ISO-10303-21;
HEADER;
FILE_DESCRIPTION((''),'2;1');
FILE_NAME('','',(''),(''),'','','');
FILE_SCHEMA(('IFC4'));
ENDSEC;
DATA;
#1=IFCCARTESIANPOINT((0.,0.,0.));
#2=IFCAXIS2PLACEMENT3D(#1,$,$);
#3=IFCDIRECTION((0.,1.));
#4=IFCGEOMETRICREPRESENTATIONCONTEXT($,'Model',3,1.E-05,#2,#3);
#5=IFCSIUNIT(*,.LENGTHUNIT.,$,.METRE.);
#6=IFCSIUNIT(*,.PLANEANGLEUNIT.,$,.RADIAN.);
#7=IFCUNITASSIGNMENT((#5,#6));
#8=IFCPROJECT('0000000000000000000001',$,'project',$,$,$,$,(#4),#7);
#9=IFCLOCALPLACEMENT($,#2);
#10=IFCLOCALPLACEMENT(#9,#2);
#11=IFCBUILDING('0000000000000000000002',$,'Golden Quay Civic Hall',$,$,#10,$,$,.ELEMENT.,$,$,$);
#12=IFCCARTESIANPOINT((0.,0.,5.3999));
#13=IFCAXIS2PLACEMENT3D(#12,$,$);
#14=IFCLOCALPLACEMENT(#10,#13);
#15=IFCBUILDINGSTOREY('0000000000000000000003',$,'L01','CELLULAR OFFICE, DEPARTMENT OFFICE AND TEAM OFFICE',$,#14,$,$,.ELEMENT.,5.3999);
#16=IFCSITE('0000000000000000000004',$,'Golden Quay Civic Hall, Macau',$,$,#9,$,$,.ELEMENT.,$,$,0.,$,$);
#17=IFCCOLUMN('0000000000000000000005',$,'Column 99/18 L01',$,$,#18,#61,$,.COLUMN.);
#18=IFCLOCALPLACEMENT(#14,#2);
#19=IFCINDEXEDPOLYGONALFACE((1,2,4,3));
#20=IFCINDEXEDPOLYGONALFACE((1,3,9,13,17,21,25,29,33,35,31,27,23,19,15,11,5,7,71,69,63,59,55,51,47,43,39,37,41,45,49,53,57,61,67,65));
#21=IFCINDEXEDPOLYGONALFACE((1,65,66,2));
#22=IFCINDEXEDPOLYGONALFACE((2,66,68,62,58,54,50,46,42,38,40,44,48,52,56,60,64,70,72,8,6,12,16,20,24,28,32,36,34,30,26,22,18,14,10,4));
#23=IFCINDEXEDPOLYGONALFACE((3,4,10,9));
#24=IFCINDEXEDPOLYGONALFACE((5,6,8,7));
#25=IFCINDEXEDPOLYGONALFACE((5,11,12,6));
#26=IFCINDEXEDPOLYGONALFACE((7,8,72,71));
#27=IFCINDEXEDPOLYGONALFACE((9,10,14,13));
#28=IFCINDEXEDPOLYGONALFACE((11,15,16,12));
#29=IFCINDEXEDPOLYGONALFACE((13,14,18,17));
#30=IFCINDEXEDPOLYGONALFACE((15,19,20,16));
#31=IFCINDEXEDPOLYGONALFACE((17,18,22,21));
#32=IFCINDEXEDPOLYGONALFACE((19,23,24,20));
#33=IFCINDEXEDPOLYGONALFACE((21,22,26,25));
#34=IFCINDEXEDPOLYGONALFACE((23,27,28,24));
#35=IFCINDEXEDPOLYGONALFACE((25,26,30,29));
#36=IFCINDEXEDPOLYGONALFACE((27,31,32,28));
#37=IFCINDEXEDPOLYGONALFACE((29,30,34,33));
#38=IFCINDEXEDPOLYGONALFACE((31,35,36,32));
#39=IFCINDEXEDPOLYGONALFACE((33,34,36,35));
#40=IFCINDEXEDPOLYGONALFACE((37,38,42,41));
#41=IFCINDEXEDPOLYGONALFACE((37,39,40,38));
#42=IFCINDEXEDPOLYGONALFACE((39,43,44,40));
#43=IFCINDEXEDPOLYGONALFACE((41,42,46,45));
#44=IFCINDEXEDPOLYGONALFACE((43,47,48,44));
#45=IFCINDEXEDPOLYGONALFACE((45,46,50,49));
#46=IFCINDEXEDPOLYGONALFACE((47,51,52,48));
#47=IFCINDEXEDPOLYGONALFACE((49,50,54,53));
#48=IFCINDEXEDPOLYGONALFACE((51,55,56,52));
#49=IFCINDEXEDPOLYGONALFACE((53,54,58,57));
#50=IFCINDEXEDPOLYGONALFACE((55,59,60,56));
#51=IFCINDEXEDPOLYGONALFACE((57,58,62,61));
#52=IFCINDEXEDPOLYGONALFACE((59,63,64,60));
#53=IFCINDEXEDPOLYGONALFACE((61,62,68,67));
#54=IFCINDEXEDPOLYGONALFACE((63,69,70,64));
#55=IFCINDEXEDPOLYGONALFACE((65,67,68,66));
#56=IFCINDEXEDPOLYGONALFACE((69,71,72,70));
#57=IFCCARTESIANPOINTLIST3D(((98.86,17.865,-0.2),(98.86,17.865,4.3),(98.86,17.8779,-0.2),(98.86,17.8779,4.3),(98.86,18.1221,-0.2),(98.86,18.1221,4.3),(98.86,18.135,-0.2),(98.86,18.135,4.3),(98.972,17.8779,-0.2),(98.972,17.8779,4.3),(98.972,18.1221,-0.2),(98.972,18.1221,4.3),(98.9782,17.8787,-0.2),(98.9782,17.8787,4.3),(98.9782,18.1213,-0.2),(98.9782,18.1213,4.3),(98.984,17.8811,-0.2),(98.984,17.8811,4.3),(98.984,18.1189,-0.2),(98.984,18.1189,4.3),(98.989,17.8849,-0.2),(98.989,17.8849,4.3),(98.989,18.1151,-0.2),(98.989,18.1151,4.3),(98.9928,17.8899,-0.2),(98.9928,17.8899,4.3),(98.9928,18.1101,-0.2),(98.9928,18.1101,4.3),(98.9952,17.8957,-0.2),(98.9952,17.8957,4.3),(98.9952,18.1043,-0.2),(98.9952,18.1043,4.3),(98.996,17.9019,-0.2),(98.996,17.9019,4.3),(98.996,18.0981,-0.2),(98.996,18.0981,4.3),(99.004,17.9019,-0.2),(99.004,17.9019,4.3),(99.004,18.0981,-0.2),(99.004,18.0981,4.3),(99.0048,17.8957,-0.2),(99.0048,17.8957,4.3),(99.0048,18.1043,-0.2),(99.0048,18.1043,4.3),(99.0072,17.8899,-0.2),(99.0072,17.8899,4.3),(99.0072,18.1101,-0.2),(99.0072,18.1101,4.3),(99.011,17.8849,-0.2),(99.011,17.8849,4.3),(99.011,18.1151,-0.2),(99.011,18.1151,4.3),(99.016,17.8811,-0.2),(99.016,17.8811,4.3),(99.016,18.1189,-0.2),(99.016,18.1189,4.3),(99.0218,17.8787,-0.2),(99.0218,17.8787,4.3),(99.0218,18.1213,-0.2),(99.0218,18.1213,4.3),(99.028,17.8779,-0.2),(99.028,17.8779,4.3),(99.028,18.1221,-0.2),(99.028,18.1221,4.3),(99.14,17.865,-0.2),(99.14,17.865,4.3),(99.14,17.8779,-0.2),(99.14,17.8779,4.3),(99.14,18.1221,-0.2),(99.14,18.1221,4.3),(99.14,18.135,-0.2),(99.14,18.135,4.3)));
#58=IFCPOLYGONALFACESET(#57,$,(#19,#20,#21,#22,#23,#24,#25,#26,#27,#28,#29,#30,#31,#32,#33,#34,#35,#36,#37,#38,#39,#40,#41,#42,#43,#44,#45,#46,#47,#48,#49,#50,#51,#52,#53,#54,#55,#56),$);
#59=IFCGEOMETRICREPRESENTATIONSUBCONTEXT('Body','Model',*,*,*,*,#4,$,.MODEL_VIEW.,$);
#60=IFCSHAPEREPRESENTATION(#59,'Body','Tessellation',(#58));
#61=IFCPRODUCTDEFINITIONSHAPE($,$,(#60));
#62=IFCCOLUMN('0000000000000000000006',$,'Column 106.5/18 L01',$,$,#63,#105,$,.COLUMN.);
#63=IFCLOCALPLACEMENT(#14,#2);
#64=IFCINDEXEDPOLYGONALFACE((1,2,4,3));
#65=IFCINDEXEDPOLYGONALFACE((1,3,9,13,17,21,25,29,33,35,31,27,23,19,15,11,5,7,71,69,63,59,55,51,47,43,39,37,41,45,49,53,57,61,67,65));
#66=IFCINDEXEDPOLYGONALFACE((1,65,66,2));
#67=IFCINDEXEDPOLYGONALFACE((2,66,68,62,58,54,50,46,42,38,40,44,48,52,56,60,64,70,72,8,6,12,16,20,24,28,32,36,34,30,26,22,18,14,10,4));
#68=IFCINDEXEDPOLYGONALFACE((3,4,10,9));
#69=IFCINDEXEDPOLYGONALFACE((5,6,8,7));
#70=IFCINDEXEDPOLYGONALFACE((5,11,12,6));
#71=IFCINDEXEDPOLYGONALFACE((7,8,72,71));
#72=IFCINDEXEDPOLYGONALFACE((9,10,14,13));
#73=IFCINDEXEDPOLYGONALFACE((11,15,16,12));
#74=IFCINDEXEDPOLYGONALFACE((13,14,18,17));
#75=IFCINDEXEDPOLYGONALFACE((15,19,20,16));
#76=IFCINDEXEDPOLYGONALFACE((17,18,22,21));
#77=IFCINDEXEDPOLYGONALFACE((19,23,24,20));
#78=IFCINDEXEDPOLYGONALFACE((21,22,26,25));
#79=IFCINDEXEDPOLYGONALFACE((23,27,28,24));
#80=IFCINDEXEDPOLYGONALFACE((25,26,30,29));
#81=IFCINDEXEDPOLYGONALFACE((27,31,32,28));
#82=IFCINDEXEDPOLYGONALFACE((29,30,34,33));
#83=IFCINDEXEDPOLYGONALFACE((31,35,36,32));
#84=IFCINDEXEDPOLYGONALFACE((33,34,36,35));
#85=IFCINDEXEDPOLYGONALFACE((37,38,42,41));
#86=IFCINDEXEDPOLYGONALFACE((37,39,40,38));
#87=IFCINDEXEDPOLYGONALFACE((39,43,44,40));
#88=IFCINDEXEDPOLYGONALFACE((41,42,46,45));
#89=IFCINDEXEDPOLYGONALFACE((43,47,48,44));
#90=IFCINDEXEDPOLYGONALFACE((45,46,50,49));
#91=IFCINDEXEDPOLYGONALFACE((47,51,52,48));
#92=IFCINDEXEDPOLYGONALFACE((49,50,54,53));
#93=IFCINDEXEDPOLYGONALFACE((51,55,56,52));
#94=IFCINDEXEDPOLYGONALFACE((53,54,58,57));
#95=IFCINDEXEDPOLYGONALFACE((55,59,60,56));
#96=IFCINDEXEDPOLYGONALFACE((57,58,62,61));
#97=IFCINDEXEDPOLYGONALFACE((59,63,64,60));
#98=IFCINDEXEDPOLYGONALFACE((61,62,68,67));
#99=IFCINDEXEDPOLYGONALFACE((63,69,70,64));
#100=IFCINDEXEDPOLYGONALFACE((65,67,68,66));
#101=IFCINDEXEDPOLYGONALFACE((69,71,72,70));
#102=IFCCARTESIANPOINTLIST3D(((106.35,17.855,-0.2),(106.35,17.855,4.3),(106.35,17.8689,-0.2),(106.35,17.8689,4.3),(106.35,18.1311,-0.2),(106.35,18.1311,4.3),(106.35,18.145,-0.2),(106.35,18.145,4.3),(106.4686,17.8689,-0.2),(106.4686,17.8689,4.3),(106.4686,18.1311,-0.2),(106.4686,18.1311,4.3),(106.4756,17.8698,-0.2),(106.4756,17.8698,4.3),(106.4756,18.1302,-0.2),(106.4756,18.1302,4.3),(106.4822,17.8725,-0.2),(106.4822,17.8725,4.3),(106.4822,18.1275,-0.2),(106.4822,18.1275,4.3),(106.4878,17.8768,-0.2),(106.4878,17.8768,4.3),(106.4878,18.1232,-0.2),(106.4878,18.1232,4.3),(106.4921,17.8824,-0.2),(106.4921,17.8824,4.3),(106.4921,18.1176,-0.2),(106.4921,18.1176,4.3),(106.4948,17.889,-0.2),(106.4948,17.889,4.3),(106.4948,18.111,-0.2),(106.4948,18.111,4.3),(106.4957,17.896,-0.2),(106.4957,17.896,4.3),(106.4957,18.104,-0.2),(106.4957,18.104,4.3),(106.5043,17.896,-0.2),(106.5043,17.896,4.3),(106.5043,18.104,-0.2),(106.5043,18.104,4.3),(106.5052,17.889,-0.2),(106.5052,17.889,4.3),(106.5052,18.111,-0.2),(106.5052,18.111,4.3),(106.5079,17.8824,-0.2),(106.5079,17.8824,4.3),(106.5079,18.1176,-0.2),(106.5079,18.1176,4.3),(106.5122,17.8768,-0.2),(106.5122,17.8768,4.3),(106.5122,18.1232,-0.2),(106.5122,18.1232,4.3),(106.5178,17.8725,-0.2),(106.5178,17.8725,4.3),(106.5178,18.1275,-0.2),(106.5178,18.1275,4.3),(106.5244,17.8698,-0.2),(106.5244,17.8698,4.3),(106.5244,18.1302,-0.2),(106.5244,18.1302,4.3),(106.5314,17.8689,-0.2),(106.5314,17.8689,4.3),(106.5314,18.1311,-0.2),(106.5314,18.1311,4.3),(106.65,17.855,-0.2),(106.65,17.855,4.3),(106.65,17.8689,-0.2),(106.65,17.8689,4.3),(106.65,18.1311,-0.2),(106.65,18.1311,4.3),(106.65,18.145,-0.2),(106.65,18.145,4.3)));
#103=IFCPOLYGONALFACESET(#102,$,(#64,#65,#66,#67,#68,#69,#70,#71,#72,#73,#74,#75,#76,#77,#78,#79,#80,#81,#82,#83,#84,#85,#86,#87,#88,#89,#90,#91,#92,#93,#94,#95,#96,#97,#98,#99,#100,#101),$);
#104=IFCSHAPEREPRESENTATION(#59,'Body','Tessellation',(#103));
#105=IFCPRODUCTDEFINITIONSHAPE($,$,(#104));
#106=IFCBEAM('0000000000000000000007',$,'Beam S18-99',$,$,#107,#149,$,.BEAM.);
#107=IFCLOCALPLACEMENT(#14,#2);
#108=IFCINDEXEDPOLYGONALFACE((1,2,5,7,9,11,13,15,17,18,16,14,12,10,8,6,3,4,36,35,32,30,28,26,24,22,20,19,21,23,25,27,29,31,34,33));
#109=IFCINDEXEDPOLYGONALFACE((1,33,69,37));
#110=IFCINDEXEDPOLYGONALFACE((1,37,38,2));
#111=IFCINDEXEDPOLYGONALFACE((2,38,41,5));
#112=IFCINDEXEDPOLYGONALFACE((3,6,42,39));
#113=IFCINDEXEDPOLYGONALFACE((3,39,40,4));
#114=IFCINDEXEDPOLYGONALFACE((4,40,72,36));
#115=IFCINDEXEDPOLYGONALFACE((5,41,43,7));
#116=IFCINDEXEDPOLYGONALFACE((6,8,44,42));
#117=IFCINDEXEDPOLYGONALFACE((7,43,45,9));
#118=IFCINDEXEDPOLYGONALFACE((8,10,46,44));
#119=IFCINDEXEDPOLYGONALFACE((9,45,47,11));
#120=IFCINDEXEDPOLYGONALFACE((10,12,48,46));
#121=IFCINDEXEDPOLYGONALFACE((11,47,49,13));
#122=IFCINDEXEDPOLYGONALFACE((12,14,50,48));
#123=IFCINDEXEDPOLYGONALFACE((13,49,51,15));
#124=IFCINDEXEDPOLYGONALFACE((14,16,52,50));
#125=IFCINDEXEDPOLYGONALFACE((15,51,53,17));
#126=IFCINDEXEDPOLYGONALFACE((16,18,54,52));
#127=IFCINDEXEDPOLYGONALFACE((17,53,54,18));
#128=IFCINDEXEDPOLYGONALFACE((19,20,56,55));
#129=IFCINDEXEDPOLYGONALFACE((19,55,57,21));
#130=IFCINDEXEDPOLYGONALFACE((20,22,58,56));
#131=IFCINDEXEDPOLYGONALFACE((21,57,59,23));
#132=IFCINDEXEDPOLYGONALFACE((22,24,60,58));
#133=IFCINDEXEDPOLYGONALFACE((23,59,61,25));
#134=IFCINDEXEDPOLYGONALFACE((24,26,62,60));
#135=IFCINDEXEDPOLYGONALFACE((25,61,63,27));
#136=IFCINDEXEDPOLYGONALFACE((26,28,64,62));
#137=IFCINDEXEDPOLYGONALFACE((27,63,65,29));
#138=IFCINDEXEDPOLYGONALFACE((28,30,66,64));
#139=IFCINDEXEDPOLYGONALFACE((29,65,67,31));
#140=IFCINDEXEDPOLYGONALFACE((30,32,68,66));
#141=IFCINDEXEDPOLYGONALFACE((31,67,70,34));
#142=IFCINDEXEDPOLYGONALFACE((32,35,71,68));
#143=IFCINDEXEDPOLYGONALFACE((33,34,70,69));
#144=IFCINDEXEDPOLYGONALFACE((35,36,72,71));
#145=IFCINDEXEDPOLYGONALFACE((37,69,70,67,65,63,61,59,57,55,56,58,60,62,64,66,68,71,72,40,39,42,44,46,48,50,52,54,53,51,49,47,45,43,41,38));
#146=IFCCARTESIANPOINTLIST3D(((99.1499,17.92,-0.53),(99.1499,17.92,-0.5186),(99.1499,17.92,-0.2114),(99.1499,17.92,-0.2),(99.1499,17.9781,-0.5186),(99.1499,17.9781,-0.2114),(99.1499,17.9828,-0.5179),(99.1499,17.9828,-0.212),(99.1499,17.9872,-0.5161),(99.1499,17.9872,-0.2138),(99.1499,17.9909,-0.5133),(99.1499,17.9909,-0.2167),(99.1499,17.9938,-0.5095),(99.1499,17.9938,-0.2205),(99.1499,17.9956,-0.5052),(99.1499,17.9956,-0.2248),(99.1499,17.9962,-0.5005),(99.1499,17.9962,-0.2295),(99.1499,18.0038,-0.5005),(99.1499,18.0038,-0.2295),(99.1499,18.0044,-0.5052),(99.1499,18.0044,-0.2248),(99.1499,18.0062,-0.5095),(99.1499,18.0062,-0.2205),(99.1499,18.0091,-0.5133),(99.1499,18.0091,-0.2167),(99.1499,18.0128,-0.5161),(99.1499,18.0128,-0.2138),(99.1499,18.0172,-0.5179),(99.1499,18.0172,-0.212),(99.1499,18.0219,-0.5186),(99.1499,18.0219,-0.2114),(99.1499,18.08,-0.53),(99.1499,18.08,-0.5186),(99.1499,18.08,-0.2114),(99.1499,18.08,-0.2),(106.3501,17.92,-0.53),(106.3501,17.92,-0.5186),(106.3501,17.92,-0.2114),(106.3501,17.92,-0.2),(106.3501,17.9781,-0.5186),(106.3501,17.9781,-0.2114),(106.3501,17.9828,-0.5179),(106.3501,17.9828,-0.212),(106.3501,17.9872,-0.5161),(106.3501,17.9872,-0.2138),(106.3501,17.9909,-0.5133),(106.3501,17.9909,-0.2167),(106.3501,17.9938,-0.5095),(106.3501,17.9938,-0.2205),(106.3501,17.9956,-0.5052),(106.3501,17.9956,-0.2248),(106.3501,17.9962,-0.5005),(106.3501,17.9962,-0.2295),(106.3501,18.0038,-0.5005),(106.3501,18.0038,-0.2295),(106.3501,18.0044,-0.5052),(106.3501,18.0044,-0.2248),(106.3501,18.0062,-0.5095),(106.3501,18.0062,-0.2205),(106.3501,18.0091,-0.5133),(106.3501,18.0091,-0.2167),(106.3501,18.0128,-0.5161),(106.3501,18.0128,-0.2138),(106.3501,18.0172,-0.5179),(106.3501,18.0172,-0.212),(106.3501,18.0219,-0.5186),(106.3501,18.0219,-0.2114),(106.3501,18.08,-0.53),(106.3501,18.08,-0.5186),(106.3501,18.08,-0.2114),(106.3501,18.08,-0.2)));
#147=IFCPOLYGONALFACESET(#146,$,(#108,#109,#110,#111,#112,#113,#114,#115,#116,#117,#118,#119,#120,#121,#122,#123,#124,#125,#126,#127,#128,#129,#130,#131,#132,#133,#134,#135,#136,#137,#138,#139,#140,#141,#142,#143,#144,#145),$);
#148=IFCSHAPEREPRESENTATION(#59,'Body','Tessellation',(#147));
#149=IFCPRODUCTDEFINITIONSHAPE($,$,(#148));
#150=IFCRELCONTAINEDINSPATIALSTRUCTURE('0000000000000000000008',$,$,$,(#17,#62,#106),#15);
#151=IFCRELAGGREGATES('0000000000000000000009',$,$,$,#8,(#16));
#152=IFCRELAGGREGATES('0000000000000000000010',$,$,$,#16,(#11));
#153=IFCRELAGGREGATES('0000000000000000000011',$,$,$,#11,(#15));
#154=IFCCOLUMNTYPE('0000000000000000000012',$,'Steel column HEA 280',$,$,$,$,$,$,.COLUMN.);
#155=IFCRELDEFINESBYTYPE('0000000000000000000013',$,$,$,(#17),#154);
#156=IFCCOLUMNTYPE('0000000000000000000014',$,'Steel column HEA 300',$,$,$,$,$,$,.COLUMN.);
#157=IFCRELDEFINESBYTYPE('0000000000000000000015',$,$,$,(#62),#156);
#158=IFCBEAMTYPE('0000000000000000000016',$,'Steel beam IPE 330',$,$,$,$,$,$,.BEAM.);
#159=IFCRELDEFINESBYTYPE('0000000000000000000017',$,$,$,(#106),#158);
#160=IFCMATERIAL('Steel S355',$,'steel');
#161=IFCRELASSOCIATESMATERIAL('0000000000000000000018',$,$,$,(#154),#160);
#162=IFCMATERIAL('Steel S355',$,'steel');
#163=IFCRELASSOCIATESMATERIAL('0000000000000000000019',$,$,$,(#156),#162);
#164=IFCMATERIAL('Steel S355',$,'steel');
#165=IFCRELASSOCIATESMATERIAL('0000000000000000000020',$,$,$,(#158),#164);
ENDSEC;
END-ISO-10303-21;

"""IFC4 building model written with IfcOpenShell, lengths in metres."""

from ifc_helpers import new_model, si_unit, direction, frame, origin, origin_2d, place, context, subcontext, project, spatial, i_section, extrude, material, material_profile, profile_set, type_object, element, save


model = new_model("IFC4")

# Units and contexts
model_context = context("Model", 3, precision=1e-05, world=origin(), true_north=direction((0.0, 1.0)))
body_context = subcontext(model_context, "Body", "Model", "MODEL_VIEW")
ifc_project = project(units=[si_unit("LENGTHUNIT", "METRE"), si_unit("PLANEANGLEUNIT", "RADIAN")], contexts=[model_context])

# Site, building, storey
site_placement = place(None, origin())
site = spatial("IfcSite", under=ifc_project, at=site_placement, Name="Golden Quay Civic Hall, Macau", CompositionType="ELEMENT", RefElevation=0.0)
building_placement = place(site_placement, origin())
building = spatial("IfcBuilding", under=site, at=building_placement, Name="Golden Quay Civic Hall", CompositionType="ELEMENT")
storey_placement = place(building_placement, frame((0.0, 0.0, 5.3999)))
storey = spatial("IfcBuildingStorey", under=building, at=storey_placement, Name="L01", Description="CELLULAR OFFICE, DEPARTMENT OFFICE AND TEAM OFFICE", CompositionType="ELEMENT", Elevation=5.3999)

# Columns
ifc_material_1 = material(Name="Steel S355", Category="steel")
ifc_material_profile_1 = material_profile(ifc_material_1, i_section(OverallWidth=0.28, OverallDepth=0.27, WebThickness=0.0081, FlangeThickness=0.0129, FilletRadius=0.0239, at=origin_2d()), Name="HEA 280")
ifc_profile_set_1 = profile_set([ifc_material_profile_1], Name="Steel S355")
column_type_1 = type_object("IfcColumnType", Name="Steel column HEA 280", PredefinedType="COLUMN", material=ifc_profile_set_1)
column_1_placement = place(storey_placement, frame((99.0, 18.0, -0.2), z_axis=(0.0, 0.0, 1.0), x_axis=(1.0, 0.0, 0.0)))
element("IfcColumn", 1, at=column_1_placement, inside=storey, type_object=column_type_1, Name="Column 99/18 L01", PredefinedType="COLUMN", context=body_context, shape_type="SweptSolid", body=[
    extrude(i_section(OverallWidth=0.28, OverallDepth=0.27, WebThickness=0.0081, FlangeThickness=0.0129, FilletRadius=0.0239, at=origin_2d()), origin(), (0.0, 0.0, 1.0), 4.5),
])
ifc_material_2 = material(Name="Steel S355", Category="steel")
ifc_material_profile_2 = material_profile(ifc_material_2, i_section(OverallWidth=0.3, OverallDepth=0.29, WebThickness=0.0085, FlangeThickness=0.0139, FilletRadius=0.0271, at=origin_2d()), Name="HEA 300")
ifc_profile_set_2 = profile_set([ifc_material_profile_2], Name="Steel S355")
column_type_2 = type_object("IfcColumnType", Name="Steel column HEA 300", PredefinedType="COLUMN", material=ifc_profile_set_2)
column_2_placement = place(storey_placement, frame((106.5, 18.0, -0.2), z_axis=(0.0, 0.0, 1.0), x_axis=(1.0, 0.0, 0.0)))
element("IfcColumn", 2, at=column_2_placement, inside=storey, type_object=column_type_2, Name="Column 106.5/18 L01", PredefinedType="COLUMN", context=body_context, shape_type="SweptSolid", body=[
    extrude(i_section(OverallWidth=0.3, OverallDepth=0.29, WebThickness=0.0085, FlangeThickness=0.0139, FilletRadius=0.0271, at=origin_2d()), origin(), (0.0, 0.0, 1.0), 4.5),
])

# Beam
ifc_material_3 = material(Name="Steel S355", Category="steel")
ifc_material_profile_3 = material_profile(ifc_material_3, i_section(OverallWidth=0.1599, OverallDepth=0.3301, WebThickness=0.0076, FlangeThickness=0.0115, FilletRadius=0.0181, at=origin_2d()), Name="IPE 330")
ifc_profile_set_3 = profile_set([ifc_material_profile_3], Name="Steel S355")
beam_type_1 = type_object("IfcBeamType", Name="Steel beam IPE 330", PredefinedType="BEAM", material=ifc_profile_set_3)
beam_1_placement = place(storey_placement, frame((99.1499, 18.0, -0.365), z_axis=(1.0, 0.0, 0.0), x_axis=(0.0, 1.0, 0.0)))
element("IfcBeam", 3, at=beam_1_placement, inside=storey, type_object=beam_type_1, Name="Beam S18-99", PredefinedType="BEAM", context=body_context, shape_type="SweptSolid", body=[
    extrude(i_section(OverallWidth=0.1599, OverallDepth=0.3301, WebThickness=0.0076, FlangeThickness=0.0115, FilletRadius=0.0181, at=origin_2d()), origin(), (0.0, 0.0, 1.0), 7.2002),
])

save(model, "model.ifc")
